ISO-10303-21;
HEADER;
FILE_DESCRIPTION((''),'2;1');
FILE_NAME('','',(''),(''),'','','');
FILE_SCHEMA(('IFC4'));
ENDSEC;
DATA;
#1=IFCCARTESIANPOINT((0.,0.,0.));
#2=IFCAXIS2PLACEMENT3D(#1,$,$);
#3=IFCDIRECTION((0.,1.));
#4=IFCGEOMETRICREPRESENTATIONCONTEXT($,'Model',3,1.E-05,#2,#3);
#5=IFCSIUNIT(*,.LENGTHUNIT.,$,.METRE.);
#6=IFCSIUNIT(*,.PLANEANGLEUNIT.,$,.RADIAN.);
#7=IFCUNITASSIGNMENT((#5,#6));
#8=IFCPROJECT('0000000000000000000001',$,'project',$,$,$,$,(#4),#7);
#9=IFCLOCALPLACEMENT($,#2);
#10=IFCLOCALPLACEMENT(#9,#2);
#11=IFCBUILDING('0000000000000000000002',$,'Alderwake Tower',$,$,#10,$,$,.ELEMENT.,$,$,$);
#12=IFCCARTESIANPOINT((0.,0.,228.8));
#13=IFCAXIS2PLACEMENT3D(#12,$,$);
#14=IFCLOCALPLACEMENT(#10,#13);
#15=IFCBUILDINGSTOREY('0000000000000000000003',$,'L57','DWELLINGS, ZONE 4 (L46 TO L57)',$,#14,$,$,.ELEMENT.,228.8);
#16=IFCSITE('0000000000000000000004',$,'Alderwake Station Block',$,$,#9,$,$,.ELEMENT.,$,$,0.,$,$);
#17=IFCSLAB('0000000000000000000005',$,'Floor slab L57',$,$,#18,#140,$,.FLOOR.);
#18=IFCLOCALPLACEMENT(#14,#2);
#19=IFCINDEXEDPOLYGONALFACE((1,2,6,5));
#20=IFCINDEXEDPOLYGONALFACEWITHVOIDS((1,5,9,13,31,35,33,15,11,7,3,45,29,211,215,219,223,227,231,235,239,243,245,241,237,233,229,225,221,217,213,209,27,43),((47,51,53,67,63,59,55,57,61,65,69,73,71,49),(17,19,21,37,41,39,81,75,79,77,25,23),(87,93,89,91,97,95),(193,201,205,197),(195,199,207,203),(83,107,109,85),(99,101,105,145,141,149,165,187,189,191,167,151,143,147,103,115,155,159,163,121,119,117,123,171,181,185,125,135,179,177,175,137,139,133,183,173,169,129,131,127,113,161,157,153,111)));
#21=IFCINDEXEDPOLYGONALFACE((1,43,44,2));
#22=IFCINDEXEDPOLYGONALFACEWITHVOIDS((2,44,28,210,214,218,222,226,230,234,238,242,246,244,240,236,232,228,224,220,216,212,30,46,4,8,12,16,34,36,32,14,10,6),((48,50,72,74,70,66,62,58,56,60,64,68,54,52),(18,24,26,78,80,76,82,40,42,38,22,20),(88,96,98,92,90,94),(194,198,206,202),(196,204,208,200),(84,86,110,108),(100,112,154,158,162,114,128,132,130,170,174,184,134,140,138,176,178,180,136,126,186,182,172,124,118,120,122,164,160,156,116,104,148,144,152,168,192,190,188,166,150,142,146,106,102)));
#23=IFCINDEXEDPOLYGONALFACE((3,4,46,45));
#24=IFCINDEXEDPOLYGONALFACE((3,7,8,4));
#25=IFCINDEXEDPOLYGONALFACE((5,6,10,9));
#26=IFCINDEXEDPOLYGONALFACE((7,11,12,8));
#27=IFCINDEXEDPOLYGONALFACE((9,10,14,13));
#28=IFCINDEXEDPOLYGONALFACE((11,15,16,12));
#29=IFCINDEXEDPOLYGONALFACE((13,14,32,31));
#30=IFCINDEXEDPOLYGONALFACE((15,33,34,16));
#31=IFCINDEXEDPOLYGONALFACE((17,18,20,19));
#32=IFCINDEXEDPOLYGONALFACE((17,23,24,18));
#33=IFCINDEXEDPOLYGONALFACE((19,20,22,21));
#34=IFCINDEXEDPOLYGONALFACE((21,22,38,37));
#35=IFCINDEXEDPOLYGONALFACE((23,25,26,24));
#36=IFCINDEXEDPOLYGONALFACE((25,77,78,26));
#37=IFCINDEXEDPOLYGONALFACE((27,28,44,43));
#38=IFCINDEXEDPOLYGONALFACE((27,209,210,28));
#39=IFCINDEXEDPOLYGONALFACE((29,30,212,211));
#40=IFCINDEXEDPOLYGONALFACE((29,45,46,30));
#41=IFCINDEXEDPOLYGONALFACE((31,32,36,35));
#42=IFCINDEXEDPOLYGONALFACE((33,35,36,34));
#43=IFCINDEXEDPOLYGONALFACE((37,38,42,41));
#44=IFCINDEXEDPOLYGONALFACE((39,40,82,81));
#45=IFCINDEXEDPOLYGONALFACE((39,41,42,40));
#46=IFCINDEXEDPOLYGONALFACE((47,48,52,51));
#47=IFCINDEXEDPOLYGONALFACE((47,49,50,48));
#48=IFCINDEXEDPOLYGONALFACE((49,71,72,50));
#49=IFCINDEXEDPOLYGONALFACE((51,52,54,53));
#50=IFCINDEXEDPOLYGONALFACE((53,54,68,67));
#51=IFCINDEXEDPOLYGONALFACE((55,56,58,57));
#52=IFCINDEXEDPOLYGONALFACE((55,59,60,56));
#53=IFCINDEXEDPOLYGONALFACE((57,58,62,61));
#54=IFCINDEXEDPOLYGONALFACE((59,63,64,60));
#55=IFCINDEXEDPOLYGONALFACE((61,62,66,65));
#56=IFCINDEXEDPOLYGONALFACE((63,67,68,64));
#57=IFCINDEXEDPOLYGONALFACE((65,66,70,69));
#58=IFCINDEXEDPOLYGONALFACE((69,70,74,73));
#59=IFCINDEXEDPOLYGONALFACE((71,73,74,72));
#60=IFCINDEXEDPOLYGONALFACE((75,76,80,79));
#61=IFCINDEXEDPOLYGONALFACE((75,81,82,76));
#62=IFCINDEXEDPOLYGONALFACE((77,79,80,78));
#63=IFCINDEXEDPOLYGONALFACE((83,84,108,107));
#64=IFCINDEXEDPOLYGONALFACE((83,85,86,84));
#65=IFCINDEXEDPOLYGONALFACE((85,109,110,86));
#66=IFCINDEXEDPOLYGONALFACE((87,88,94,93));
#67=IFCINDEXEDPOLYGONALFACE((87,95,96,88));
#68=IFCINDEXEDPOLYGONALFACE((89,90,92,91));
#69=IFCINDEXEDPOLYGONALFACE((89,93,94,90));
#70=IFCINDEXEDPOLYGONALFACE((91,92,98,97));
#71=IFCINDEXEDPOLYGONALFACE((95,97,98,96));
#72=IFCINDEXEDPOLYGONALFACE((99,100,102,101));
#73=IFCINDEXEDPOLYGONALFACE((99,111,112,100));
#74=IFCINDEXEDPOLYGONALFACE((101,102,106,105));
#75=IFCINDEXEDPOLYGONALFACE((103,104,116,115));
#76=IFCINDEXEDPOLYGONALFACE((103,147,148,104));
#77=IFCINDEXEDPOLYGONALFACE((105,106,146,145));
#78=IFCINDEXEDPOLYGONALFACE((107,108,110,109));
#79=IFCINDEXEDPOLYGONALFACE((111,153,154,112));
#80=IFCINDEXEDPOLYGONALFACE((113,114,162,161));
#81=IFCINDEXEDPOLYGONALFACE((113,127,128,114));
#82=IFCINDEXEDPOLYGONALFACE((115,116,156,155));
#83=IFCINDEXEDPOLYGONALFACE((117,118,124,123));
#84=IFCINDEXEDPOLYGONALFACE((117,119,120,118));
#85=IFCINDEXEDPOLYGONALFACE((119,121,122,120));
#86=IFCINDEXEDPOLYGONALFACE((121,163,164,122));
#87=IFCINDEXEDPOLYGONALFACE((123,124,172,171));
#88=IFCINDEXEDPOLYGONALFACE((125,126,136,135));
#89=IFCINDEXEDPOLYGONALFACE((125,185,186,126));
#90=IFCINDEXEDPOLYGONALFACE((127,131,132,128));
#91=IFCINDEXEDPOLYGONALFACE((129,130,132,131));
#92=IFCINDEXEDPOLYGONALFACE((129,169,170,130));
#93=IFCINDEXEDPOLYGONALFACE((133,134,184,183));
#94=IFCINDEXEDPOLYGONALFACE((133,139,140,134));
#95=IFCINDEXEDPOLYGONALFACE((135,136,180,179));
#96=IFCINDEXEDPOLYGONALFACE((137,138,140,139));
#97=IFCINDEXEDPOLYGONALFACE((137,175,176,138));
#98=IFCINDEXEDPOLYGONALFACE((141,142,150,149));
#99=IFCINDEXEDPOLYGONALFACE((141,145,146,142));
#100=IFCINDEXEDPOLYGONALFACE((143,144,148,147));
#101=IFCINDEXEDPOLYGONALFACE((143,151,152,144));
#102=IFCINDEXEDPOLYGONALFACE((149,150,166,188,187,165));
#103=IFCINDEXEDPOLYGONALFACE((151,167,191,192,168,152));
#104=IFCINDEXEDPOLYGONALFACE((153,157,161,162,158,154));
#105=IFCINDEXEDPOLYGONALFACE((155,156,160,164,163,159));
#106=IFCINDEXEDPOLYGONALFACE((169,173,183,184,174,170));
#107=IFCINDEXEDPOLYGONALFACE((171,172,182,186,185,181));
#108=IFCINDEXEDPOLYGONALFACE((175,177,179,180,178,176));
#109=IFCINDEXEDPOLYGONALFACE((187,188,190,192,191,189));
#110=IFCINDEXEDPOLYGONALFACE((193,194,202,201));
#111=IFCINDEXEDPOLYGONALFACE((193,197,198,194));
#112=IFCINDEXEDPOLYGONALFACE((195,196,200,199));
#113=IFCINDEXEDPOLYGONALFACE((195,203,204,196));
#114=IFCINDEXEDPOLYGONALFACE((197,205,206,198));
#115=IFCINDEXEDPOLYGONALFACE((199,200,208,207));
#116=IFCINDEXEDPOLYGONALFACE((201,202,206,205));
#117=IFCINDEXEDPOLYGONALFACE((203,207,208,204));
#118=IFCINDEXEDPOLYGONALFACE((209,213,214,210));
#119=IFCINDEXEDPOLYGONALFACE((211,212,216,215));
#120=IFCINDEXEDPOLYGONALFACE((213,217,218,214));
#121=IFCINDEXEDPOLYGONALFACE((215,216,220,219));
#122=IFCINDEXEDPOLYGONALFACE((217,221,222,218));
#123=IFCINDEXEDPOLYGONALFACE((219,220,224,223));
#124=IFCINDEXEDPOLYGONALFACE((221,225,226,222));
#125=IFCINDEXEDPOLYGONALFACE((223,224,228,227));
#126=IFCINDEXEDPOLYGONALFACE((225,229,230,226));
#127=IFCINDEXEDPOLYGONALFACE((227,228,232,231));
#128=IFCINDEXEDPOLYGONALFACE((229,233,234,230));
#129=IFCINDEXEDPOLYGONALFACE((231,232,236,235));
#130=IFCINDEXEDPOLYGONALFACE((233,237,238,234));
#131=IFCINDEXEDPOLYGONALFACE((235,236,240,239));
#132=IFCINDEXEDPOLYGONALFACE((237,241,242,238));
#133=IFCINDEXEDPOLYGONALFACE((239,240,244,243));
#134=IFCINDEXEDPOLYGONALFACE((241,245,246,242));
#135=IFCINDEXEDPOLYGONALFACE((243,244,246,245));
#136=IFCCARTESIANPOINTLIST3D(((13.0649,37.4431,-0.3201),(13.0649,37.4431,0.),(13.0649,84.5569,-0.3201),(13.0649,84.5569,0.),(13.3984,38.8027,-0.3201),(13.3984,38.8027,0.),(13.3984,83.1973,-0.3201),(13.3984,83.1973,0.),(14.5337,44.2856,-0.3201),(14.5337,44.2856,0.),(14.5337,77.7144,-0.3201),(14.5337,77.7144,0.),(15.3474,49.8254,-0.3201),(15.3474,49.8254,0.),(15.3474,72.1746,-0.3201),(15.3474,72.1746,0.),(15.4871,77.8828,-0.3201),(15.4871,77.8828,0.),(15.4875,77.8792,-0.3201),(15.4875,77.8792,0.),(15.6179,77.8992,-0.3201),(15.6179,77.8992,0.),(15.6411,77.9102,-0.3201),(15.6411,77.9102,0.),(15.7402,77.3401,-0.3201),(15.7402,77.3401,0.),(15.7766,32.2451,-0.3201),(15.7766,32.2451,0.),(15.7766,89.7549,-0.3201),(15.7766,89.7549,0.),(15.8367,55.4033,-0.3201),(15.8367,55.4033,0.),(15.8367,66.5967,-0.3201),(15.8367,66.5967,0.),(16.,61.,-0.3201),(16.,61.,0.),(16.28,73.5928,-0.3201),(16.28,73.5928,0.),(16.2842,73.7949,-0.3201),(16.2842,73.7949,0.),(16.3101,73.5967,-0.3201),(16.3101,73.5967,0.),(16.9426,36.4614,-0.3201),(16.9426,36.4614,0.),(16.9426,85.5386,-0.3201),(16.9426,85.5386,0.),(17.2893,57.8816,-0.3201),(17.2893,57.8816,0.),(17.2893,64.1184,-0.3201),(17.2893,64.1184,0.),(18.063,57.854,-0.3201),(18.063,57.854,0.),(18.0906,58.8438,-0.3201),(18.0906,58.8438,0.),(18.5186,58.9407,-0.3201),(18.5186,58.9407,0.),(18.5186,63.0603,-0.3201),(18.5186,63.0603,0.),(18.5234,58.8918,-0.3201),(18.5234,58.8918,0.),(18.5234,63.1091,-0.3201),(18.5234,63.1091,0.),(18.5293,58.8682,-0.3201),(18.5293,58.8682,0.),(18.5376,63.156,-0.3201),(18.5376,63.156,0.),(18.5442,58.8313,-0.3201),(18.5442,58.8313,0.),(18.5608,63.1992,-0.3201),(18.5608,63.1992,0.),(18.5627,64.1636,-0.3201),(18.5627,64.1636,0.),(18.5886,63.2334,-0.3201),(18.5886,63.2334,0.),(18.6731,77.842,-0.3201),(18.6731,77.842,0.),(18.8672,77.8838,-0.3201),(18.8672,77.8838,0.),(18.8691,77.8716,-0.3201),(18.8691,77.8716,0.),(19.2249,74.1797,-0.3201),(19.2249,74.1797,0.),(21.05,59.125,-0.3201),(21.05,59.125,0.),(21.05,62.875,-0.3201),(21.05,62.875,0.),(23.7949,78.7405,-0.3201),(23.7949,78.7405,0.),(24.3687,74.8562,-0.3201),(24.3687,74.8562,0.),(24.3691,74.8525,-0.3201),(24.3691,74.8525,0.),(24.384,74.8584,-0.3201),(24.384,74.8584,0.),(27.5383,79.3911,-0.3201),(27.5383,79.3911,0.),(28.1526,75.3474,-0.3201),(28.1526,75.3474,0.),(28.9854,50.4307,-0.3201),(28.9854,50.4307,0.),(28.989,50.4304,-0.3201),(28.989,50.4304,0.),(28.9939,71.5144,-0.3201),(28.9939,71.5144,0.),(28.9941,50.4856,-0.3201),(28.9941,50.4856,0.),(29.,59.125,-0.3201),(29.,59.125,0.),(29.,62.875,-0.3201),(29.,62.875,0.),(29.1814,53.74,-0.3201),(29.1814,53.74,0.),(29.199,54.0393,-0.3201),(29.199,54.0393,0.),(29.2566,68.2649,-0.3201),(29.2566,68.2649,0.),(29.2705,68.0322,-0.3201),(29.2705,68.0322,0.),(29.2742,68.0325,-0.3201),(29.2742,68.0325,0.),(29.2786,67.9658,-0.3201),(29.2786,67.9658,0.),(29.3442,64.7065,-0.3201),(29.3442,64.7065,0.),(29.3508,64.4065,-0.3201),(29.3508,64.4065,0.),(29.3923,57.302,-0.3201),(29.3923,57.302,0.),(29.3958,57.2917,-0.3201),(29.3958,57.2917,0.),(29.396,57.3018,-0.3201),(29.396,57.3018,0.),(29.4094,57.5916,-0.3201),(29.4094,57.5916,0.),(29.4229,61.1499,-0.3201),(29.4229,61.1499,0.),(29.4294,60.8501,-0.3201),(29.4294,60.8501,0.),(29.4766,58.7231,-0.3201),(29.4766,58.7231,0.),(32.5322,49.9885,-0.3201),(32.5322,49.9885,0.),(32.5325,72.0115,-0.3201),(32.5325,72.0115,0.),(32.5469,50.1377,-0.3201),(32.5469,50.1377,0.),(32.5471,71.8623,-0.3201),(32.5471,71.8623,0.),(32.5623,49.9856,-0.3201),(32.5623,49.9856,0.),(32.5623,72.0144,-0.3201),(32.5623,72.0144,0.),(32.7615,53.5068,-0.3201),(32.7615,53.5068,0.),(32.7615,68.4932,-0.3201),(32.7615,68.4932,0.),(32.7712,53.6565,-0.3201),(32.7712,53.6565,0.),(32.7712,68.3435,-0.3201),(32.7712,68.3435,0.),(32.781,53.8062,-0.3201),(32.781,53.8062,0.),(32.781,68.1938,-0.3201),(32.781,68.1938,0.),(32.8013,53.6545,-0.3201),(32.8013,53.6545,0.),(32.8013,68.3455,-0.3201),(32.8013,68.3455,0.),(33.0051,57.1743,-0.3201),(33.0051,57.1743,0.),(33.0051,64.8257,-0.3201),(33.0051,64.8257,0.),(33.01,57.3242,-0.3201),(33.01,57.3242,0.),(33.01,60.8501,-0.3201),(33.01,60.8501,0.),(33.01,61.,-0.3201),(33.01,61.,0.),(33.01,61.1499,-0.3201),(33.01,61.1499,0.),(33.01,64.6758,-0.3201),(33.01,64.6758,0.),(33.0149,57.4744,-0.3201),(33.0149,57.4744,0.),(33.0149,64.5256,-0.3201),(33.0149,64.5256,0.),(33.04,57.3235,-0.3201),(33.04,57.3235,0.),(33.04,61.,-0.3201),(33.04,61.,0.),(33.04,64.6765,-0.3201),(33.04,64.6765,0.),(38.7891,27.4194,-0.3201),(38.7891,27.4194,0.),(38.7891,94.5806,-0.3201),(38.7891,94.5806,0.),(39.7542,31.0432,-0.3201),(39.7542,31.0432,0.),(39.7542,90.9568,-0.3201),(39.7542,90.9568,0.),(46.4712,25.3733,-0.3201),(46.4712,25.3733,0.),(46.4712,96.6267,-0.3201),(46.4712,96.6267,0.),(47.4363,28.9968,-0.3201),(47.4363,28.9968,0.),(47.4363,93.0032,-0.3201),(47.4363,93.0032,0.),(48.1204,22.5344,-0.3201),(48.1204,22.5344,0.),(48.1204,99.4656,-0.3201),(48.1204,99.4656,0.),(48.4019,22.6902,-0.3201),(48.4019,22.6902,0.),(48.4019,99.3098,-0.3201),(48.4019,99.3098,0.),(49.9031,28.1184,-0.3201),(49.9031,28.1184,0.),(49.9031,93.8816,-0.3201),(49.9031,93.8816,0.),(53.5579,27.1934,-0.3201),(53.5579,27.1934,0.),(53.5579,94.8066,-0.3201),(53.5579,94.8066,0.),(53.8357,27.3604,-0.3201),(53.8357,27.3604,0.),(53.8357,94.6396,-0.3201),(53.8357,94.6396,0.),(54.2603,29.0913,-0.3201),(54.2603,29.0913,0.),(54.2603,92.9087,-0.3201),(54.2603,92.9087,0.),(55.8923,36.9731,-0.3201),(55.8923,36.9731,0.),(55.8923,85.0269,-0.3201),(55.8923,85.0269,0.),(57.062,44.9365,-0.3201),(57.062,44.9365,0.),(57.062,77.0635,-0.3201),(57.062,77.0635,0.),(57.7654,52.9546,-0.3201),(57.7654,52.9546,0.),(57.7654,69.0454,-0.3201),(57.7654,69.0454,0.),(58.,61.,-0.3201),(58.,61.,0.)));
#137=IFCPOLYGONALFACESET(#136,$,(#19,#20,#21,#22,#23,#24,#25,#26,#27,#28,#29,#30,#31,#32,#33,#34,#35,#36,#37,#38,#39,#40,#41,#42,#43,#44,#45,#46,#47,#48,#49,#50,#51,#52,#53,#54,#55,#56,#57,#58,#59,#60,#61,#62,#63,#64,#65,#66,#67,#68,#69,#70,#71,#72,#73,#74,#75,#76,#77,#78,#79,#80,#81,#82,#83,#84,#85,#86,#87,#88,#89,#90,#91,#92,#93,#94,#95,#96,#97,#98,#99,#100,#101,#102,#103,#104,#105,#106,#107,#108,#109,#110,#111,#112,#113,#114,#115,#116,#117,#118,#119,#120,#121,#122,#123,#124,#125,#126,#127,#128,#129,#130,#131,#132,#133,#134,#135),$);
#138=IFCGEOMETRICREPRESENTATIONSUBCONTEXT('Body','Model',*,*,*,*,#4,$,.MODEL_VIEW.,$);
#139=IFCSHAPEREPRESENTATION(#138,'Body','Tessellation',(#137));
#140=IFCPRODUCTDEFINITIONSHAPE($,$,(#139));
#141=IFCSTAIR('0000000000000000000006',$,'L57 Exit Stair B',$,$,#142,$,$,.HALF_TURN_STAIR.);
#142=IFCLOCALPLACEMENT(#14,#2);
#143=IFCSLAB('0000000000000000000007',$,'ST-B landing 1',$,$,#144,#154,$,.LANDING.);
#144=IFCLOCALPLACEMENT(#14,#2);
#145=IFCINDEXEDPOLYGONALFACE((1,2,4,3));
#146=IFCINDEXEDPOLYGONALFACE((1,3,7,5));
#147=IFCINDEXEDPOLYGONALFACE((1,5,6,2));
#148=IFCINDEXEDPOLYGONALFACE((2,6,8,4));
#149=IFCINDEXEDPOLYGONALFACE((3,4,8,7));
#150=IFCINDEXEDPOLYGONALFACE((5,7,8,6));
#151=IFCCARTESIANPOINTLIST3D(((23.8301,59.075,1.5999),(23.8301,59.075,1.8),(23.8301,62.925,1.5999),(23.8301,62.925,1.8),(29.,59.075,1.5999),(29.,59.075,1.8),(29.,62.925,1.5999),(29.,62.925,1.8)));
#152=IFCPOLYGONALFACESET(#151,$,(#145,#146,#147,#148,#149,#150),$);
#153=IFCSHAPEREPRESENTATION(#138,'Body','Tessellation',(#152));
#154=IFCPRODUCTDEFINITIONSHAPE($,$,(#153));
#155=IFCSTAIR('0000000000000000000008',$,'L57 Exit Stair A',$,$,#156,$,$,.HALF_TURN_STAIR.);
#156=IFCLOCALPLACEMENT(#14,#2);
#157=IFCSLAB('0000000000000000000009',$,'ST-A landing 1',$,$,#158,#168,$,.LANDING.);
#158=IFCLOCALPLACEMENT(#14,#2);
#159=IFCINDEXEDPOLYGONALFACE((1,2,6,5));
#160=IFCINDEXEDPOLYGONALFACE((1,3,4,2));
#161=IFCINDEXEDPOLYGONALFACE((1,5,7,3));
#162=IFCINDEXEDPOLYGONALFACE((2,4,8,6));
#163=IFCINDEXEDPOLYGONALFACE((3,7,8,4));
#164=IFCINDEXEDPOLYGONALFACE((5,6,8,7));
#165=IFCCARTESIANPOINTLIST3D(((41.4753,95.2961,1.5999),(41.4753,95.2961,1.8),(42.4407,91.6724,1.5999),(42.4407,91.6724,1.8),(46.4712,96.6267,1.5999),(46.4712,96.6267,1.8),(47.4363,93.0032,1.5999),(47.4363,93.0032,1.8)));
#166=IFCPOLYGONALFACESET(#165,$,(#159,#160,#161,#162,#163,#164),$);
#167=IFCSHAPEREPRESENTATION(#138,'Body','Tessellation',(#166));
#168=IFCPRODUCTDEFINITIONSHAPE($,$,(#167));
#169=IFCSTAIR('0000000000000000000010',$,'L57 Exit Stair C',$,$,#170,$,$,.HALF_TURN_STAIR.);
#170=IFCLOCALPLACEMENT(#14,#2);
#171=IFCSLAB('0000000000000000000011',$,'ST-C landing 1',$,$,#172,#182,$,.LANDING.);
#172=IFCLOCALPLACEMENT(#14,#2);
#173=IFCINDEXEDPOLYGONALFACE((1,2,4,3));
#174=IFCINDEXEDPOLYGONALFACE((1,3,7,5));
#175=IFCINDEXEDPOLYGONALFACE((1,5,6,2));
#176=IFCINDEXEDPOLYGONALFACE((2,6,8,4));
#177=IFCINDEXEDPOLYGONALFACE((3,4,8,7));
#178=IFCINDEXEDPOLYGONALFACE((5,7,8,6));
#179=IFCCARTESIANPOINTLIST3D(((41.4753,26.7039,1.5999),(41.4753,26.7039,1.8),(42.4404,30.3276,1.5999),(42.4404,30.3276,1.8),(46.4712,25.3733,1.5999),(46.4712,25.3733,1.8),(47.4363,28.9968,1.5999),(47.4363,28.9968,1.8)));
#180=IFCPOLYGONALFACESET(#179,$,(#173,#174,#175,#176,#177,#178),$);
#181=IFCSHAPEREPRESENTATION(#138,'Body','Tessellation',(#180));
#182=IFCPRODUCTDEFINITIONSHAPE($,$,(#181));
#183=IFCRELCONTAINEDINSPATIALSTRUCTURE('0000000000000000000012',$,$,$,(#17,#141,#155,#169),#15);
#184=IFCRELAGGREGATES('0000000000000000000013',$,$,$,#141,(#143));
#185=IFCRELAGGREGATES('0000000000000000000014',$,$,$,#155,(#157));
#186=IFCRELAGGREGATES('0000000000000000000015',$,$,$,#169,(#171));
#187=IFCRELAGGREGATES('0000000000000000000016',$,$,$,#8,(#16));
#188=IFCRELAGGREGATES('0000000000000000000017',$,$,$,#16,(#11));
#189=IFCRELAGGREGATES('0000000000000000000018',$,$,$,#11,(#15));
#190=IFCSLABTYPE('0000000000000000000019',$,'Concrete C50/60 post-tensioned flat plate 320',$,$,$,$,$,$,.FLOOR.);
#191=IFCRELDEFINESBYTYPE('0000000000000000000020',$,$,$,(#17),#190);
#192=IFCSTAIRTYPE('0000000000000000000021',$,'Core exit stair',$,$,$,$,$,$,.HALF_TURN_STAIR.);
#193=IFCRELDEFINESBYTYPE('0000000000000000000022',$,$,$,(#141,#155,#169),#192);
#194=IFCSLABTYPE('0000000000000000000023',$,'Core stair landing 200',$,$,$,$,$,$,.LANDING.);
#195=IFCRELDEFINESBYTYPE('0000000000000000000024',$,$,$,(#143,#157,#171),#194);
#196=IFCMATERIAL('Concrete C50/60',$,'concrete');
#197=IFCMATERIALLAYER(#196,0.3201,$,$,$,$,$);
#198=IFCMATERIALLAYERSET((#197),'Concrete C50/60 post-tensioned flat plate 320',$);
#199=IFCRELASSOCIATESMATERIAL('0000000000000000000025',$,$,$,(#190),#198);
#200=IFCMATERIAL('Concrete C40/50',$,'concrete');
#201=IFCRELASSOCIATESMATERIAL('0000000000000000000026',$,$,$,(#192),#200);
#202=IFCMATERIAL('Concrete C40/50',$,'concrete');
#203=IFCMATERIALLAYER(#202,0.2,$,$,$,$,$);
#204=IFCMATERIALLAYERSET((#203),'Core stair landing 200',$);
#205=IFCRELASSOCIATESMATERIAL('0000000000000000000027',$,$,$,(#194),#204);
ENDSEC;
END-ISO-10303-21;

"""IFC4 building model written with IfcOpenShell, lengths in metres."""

from ifc_helpers import new_model, si_unit, direction, frame, origin, place, context, subcontext, project, spatial, polyline, outline, extrude, material, layer, layer_set, type_object, element, aggregate, save


model = new_model("IFC4")

# Units and contexts
model_context = context("Model", 3, precision=1e-05, world=origin(), true_north=direction((0.0, 1.0)))
body_context = subcontext(model_context, "Body", "Model", "MODEL_VIEW")
ifc_project = project(units=[si_unit("LENGTHUNIT", "METRE"), si_unit("PLANEANGLEUNIT", "RADIAN")], contexts=[model_context])

# Site, building, storey
site_placement = place(None, origin())
site = spatial("IfcSite", under=ifc_project, at=site_placement, Name="Alderwake Station Block", CompositionType="ELEMENT", RefElevation=0.0)
building_placement = place(site_placement, origin())
building = spatial("IfcBuilding", under=site, at=building_placement, Name="Alderwake Tower", CompositionType="ELEMENT")
storey_placement = place(building_placement, frame((0.0, 0.0, 228.8)))
storey = spatial("IfcBuildingStorey", under=building, at=storey_placement, Name="L57", Description="DWELLINGS, ZONE 4 (L46 TO L57)", CompositionType="ELEMENT", Elevation=228.8)

# Slab
ifc_material_1 = material(Name="Concrete C50/60", Category="concrete")
ifc_layer_1 = layer(ifc_material_1, 0.3201)
ifc_layer_set_1 = layer_set([ifc_layer_1], Name="Concrete C50/60 post-tensioned flat plate 320")
slab_type_1 = type_object("IfcSlabType", Name="Concrete C50/60 post-tensioned flat plate 320", PredefinedType="FLOOR", material=ifc_layer_set_1)
slab_1_placement = place(storey_placement, frame((0.0, 0.0, -0.3201)))
element("IfcSlab", 1, at=slab_1_placement, inside=storey, type_object=slab_type_1, Name="Floor slab L57", PredefinedType="FLOOR", context=body_context, shape_type="SweptSolid", body=[
    extrude(outline(polyline([(13.0649, 37.4431), (13.3984, 38.8027), (14.5337, 44.2856), (15.3474, 49.8254), (15.8367, 55.4033), (16.0, 61.0), (15.8367, 66.5967), (15.3474, 72.1746), (14.5337, 77.7144), (13.3984, 83.1973), (13.0649, 84.5569), (16.9426, 85.5386), (15.7766, 89.7549), (48.1204, 99.4656), (48.4019, 99.3098), (49.9031, 93.8816), (53.5579, 94.8066), (53.8357, 94.6396), (54.2603, 92.9087), (55.8923, 85.0269), (57.062, 77.0635), (57.7654, 69.0454), (58.0, 61.0), (57.7654, 52.9546), (57.062, 44.9365), (55.8923, 36.9731), (54.2603, 29.0913), (53.8357, 27.3604), (53.5579, 27.1934), (49.9031, 28.1184), (48.4019, 22.6902), (48.1204, 22.5344), (15.7766, 32.2451), (16.9426, 36.4614), (13.0649, 37.4431)]), holes=[polyline([(28.9854, 50.4307), (28.989, 50.4304), (28.9941, 50.4856), (32.5469, 50.1377), (32.5322, 49.9885), (32.5623, 49.9856), (32.8013, 53.6545), (33.04, 57.3235), (33.04, 61.0), (33.04, 64.6765), (32.8013, 68.3455), (32.5623, 72.0144), (32.5325, 72.0115), (32.5471, 71.8623), (28.9939, 71.5144), (29.2566, 68.2649), (32.7615, 68.4932), (32.7712, 68.3435), (32.781, 68.1938), (29.2786, 67.9658), (29.2742, 68.0325), (29.2705, 68.0322), (29.3442, 64.7065), (33.0051, 64.8257), (33.01, 64.6758), (33.0149, 64.5256), (29.3508, 64.4065), (29.4229, 61.1499), (33.01, 61.1499), (33.01, 61.0), (33.01, 60.8501), (29.4294, 60.8501), (29.4766, 58.7231), (29.4094, 57.5916), (33.0149, 57.4744), (33.01, 57.3242), (33.0051, 57.1743), (29.3958, 57.2917), (29.396, 57.3018), (29.3923, 57.302), (29.199, 54.0393), (32.781, 53.8062), (32.7712, 53.6565), (32.7615, 53.5068), (29.1814, 53.74), (28.9854, 50.4307)]), polyline([(21.05, 62.875), (21.05, 59.125), (29.0, 59.125), (29.0, 62.875), (21.05, 62.875)]), polyline([(15.6411, 77.9102), (15.4871, 77.8828), (15.4875, 77.8792), (15.6179, 77.8992), (16.28, 73.5928), (16.3101, 73.5967), (16.2842, 73.7949), (19.2249, 74.1797), (18.6731, 77.842), (18.8691, 77.8716), (18.8672, 77.8838), (15.7402, 77.3401), (15.6411, 77.9102)]), polyline([(27.5383, 79.3911), (23.7949, 78.7405), (24.384, 74.8584), (24.3687, 74.8562), (24.3691, 74.8525), (28.1526, 75.3474), (27.5383, 79.3911)]), polyline([(47.4363, 28.9968), (39.7542, 31.0432), (38.7891, 27.4194), (46.4712, 25.3733), (47.4363, 28.9968)]), polyline([(46.4712, 96.6267), (38.7891, 94.5806), (39.7542, 90.9568), (47.4363, 93.0032), (46.4712, 96.6267)]), polyline([(17.2893, 64.1184), (17.2893, 57.8816), (18.063, 57.854), (18.0906, 58.8438), (18.5442, 58.8313), (18.5293, 58.8682), (18.5234, 58.8918), (18.5186, 58.9407), (18.5186, 63.0603), (18.5234, 63.1091), (18.5376, 63.156), (18.5608, 63.1992), (18.5886, 63.2334), (18.5627, 64.1636), (17.2893, 64.1184)])]), origin(), (0.0, 0.0, 1.0), 0.3201),
])

# Stairs, slabs
ifc_material_2 = material(Name="Concrete C40/50", Category="concrete")
stair_type = type_object("IfcStairType", Name="Core exit stair", PredefinedType="HALF_TURN_STAIR", material=ifc_material_2)
stair_1_placement = place(storey_placement, origin())
stair_1 = element("IfcStair", 2, at=stair_1_placement, inside=storey, type_object=stair_type, Name="L57 Exit Stair B", PredefinedType="HALF_TURN_STAIR")
ifc_material_3 = material(Name="Concrete C40/50", Category="concrete")
ifc_layer_2 = layer(ifc_material_3, 0.2)
ifc_layer_set_2 = layer_set([ifc_layer_2], Name="Core stair landing 200")
slab_type_2 = type_object("IfcSlabType", Name="Core stair landing 200", PredefinedType="LANDING", material=ifc_layer_set_2)
slab_2_placement = place(storey_placement, frame((0.0, 0.0, 1.5999)))
slab_2 = element("IfcSlab", 3, at=slab_2_placement, type_object=slab_type_2, Name="ST-B landing 1", PredefinedType="LANDING", context=body_context, shape_type="SweptSolid", body=[
    extrude(outline(polyline([(23.8301, 59.075), (29.0, 59.075), (29.0, 62.925), (23.8301, 62.925), (23.8301, 59.075)])), origin(), (0.0, 0.0, 1.0), 0.2002),
])
aggregate(stair_1, [slab_2])
stair_2_placement = place(storey_placement, origin())
stair_2 = element("IfcStair", 4, at=stair_2_placement, inside=storey, type_object=stair_type, Name="L57 Exit Stair A", PredefinedType="HALF_TURN_STAIR")
slab_3_placement = place(storey_placement, frame((0.0, 0.0, 1.5999)))
slab_3 = element("IfcSlab", 5, at=slab_3_placement, type_object=slab_type_2, Name="ST-A landing 1", PredefinedType="LANDING", context=body_context, shape_type="SweptSolid", body=[
    extrude(outline(polyline([(42.4407, 91.6724), (47.4363, 93.0032), (46.4712, 96.6267), (41.4753, 95.2961), (42.4407, 91.6724)])), origin(), (0.0, 0.0, 1.0), 0.2002),
])
aggregate(stair_2, [slab_3])
stair_3_placement = place(storey_placement, origin())
stair_3 = element("IfcStair", 6, at=stair_3_placement, inside=storey, type_object=stair_type, Name="L57 Exit Stair C", PredefinedType="HALF_TURN_STAIR")
slab_4_placement = place(storey_placement, frame((0.0, 0.0, 1.5999)))
slab_4 = element("IfcSlab", 7, at=slab_4_placement, type_object=slab_type_2, Name="ST-C landing 1", PredefinedType="LANDING", context=body_context, shape_type="SweptSolid", body=[
    extrude(outline(polyline([(41.4753, 26.7039), (46.4712, 25.3733), (47.4363, 28.9968), (42.4404, 30.3276), (41.4753, 26.7039)])), origin(), (0.0, 0.0, 1.0), 0.2002),
])
aggregate(stair_3, [slab_4])

save(model, "model.ifc")
